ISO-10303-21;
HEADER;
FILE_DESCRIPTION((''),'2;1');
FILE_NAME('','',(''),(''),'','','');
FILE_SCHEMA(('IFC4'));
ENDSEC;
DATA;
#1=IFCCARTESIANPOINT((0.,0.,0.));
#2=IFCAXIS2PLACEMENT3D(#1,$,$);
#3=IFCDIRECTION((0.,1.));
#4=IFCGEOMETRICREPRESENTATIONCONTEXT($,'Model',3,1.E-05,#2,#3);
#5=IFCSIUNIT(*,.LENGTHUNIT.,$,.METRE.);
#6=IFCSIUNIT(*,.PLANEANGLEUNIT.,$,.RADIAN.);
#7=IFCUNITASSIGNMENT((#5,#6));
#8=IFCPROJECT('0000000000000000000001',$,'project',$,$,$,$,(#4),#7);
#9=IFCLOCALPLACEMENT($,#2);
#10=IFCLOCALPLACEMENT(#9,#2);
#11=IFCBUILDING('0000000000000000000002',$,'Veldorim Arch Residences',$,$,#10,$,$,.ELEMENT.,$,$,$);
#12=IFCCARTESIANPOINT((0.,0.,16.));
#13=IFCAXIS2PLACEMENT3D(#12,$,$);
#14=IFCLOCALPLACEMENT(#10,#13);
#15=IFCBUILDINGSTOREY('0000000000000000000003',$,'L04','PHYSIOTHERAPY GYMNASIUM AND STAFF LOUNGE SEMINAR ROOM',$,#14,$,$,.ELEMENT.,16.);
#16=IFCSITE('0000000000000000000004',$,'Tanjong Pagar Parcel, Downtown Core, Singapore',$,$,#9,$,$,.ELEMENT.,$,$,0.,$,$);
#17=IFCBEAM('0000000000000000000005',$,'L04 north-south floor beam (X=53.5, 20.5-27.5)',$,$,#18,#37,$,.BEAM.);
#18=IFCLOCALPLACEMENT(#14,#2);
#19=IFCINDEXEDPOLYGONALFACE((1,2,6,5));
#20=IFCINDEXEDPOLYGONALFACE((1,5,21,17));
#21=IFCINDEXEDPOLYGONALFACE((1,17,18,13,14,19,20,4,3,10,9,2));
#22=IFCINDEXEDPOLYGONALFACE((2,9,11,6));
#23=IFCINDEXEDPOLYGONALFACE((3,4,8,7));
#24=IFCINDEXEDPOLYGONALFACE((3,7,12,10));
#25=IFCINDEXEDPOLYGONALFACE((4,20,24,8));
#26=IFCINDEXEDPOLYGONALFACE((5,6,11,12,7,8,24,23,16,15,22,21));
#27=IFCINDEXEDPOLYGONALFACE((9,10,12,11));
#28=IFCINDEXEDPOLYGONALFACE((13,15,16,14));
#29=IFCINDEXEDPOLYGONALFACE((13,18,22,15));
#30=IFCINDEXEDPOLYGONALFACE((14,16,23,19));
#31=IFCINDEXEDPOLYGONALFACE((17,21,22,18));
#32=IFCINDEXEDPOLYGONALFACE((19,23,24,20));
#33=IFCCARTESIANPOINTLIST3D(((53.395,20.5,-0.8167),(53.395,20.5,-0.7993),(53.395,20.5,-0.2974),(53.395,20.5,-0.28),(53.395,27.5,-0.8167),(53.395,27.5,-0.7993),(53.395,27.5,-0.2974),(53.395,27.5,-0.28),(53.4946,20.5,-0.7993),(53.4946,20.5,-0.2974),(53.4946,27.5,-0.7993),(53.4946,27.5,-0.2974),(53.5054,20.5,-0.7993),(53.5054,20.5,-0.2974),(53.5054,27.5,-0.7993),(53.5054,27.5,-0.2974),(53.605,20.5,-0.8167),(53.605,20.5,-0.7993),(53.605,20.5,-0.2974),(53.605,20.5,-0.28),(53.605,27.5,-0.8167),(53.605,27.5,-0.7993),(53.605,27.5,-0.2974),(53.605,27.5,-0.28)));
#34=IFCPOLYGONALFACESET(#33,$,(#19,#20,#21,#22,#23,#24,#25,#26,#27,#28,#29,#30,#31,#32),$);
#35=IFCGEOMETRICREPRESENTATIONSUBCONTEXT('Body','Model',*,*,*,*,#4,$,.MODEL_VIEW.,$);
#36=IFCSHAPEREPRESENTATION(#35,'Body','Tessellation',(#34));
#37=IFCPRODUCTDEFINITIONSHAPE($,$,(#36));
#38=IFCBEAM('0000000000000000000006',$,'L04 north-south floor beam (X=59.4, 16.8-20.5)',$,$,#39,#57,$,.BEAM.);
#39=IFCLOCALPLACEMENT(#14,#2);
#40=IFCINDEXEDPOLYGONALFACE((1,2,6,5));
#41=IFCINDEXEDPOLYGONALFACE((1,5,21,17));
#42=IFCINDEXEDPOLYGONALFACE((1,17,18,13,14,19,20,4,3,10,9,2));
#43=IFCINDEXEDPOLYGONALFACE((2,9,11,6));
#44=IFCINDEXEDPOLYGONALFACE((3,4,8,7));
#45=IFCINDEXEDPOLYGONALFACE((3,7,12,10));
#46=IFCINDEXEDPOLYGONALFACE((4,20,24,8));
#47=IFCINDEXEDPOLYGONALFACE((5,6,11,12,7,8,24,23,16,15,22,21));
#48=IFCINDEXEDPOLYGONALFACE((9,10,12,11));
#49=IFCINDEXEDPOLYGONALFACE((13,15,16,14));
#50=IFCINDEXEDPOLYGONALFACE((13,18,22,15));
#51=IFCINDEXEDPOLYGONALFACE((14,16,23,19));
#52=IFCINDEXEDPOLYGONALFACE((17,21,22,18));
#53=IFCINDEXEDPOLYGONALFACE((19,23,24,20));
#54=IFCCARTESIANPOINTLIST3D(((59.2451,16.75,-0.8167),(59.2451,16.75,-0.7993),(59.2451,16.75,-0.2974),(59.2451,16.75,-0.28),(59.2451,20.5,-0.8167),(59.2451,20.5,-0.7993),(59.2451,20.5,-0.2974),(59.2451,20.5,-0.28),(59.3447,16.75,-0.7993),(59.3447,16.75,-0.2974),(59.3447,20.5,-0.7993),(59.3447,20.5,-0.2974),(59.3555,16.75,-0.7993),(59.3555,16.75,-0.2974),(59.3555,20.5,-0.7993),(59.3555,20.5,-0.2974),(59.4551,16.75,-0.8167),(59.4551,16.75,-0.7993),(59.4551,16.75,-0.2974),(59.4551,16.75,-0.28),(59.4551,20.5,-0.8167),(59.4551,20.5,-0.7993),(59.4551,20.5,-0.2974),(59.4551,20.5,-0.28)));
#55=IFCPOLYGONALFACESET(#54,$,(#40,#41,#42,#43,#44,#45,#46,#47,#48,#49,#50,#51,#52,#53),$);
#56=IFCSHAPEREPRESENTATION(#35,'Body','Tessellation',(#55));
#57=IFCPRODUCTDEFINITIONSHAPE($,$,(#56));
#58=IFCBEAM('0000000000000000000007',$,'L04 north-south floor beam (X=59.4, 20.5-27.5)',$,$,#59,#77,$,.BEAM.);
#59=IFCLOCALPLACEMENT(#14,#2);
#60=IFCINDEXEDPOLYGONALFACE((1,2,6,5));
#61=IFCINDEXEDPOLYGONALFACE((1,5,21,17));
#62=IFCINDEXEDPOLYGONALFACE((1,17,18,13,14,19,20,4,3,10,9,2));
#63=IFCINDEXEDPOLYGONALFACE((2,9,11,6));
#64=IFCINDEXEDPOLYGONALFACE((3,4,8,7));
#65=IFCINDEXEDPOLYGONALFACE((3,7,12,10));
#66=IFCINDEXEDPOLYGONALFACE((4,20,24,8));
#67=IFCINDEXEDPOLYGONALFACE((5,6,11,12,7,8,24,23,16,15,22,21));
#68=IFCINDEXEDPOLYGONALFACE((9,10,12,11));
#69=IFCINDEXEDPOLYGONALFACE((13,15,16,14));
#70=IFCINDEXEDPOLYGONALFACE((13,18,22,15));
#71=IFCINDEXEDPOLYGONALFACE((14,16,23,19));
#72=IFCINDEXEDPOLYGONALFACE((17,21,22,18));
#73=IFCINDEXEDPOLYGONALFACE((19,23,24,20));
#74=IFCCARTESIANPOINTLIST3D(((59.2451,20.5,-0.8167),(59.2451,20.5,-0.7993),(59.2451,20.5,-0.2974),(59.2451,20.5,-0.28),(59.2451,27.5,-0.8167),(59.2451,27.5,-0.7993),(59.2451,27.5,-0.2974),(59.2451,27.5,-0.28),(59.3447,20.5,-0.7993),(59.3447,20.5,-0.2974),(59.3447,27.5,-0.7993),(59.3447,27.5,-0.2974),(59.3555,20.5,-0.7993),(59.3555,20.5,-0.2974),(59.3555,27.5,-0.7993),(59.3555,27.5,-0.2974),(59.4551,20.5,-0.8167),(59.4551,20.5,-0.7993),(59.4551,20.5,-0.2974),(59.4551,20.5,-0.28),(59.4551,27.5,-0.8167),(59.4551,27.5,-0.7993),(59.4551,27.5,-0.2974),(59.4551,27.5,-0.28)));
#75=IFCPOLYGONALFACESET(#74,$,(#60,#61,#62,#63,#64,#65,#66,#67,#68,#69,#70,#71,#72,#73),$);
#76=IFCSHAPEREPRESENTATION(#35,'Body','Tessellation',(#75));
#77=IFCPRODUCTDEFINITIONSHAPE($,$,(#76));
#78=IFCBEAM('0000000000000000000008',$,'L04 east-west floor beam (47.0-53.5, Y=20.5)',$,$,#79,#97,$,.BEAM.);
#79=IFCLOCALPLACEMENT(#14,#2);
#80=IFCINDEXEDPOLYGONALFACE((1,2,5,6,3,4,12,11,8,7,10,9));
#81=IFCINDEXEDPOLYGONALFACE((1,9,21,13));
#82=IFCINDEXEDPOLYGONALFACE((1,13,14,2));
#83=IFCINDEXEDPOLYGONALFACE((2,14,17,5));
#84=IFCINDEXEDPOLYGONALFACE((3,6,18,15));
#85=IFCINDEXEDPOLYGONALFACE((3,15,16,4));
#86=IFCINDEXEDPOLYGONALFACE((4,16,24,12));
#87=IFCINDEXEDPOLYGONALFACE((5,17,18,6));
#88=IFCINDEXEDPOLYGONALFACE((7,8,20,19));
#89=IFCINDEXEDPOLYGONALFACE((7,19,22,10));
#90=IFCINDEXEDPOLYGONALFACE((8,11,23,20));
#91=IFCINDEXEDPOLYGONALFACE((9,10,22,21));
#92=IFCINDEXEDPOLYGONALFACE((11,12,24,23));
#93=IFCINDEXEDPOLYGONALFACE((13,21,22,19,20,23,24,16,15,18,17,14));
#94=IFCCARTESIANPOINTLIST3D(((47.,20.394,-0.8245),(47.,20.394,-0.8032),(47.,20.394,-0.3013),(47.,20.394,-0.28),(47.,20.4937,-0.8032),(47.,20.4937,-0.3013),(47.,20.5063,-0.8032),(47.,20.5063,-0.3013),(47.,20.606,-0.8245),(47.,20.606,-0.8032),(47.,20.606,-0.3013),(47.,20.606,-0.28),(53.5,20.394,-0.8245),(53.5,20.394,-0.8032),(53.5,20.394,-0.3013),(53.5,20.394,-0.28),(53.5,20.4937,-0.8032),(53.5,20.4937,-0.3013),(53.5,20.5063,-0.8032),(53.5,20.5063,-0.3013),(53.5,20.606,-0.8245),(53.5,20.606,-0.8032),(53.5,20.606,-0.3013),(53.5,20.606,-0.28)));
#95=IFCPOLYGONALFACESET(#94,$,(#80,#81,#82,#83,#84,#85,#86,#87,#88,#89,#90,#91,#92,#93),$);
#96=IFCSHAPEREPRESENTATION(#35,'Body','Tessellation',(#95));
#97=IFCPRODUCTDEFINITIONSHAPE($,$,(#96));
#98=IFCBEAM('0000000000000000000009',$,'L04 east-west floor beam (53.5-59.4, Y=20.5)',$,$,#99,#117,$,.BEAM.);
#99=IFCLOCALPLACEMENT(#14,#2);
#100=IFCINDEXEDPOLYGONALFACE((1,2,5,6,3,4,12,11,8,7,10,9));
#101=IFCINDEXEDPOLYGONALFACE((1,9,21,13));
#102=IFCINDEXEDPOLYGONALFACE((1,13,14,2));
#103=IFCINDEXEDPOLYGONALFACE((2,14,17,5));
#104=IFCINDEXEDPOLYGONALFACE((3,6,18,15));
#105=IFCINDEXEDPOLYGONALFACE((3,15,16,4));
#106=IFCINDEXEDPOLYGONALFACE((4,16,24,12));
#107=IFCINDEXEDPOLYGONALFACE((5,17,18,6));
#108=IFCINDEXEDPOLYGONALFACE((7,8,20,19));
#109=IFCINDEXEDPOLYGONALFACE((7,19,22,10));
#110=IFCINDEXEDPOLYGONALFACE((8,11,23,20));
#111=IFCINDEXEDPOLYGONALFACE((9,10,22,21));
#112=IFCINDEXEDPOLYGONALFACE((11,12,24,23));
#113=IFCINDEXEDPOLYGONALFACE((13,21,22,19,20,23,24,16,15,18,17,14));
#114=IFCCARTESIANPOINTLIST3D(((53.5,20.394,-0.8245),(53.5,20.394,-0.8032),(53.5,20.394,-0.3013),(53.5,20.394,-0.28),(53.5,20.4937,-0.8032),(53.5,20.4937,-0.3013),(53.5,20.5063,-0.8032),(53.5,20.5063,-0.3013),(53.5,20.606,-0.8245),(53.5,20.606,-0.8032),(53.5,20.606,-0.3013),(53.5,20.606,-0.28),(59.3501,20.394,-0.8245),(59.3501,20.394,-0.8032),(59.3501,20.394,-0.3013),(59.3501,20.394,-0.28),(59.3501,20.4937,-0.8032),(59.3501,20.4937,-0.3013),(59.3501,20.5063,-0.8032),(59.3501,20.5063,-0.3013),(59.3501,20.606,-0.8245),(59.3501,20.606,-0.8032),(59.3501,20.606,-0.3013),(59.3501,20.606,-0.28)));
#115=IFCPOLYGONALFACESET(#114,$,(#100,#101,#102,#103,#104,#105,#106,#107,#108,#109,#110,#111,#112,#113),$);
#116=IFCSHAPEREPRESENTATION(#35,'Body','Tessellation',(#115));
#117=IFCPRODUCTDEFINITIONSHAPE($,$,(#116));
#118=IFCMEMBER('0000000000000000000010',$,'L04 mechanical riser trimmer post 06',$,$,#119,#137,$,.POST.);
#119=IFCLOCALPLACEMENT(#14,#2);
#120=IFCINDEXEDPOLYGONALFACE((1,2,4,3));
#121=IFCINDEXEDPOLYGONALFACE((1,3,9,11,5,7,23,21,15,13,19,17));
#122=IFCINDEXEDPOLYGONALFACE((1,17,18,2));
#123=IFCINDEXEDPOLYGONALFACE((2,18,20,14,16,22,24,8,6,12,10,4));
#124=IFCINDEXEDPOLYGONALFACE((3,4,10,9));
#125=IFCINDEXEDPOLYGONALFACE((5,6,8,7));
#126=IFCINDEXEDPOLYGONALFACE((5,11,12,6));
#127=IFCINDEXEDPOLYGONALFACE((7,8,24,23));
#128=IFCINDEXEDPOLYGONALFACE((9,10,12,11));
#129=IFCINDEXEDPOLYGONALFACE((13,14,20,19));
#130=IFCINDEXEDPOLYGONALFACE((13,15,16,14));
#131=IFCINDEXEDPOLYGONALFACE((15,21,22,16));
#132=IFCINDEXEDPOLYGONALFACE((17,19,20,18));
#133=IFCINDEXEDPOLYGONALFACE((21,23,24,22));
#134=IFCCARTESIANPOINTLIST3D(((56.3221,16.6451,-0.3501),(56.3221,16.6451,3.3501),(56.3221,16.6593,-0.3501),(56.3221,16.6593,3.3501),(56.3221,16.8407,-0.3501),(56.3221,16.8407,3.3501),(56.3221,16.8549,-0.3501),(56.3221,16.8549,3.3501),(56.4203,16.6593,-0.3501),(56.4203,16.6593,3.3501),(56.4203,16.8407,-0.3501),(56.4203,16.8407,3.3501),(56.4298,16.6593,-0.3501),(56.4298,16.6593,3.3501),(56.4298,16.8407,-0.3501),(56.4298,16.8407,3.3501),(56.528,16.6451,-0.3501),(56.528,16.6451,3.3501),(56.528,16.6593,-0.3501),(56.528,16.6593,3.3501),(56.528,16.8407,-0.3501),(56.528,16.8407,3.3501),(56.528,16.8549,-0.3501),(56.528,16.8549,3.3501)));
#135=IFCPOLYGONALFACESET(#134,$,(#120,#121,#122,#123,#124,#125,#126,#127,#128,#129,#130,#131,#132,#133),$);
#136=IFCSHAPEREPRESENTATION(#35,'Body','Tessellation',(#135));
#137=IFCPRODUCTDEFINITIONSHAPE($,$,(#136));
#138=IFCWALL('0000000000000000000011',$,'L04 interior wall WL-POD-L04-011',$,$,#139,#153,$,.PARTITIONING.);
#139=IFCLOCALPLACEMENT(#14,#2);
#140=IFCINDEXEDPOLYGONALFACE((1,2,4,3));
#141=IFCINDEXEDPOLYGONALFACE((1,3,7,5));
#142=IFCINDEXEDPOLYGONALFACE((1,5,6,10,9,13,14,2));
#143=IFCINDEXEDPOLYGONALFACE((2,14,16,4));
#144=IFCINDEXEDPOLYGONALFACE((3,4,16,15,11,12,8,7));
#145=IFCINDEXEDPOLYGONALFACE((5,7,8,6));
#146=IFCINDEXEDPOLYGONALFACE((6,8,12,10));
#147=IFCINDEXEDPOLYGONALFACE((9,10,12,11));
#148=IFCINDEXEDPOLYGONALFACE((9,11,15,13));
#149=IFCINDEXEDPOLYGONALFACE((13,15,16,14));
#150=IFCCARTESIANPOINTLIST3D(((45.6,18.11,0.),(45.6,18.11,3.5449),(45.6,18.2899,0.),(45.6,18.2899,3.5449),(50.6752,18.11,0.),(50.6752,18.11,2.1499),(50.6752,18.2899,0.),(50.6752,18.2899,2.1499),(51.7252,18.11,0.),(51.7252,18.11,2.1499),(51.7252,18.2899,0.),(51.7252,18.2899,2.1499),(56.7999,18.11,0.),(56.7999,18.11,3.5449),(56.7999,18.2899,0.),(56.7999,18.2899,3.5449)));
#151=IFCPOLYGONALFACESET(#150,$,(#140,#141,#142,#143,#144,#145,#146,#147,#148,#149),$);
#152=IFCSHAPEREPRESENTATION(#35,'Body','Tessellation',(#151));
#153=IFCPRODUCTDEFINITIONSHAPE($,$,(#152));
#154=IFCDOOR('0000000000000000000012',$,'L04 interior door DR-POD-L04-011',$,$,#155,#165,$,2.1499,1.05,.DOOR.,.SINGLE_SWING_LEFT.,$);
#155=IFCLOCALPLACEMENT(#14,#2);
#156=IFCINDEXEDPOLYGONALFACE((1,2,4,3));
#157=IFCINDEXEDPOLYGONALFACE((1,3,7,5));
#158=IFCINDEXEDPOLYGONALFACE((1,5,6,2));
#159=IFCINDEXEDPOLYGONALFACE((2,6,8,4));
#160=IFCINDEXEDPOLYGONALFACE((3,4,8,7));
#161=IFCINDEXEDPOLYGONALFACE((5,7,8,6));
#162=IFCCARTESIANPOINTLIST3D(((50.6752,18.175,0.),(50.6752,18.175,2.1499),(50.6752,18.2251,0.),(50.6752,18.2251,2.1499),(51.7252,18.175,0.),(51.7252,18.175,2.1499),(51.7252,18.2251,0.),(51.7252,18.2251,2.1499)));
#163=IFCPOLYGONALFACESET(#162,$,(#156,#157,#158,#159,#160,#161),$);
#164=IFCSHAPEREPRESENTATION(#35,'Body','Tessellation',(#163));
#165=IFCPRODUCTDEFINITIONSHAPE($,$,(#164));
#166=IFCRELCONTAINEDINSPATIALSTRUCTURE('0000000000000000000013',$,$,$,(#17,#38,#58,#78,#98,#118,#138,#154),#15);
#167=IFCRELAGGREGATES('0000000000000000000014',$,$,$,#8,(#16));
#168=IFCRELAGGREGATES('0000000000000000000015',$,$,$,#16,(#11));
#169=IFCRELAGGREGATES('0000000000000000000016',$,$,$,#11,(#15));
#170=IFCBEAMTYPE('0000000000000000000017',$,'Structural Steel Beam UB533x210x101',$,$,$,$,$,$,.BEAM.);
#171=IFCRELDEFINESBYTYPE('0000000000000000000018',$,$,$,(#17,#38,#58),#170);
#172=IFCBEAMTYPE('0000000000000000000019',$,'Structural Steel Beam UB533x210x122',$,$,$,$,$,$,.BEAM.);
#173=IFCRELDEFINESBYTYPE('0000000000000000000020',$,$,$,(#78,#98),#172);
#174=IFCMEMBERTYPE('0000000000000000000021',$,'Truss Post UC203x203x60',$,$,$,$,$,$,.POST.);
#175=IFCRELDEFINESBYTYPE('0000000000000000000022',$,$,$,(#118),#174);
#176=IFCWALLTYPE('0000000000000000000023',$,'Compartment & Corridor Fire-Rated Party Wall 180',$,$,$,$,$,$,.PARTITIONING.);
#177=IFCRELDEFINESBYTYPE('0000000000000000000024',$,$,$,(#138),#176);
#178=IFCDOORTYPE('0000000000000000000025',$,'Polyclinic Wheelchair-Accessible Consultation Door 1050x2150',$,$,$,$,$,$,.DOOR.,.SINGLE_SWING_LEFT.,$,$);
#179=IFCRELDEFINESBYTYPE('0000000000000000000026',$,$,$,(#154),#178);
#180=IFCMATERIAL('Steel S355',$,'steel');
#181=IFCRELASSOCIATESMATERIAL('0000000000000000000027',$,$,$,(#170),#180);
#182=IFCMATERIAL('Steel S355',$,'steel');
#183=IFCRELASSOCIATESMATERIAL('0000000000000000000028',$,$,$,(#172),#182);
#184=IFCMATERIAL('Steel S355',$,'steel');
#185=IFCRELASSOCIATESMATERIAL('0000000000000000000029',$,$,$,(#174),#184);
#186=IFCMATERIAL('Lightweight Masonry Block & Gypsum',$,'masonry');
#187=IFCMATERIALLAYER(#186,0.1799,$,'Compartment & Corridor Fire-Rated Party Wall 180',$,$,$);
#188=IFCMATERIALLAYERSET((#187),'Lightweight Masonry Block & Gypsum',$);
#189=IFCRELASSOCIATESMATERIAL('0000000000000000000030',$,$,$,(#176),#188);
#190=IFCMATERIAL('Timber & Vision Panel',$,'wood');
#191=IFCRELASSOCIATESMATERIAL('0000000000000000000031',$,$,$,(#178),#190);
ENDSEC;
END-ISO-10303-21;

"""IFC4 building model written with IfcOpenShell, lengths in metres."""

from ifc_helpers import new_model, si_unit, direction, frame, frame_2d, origin, origin_2d, place, context, subcontext, project, spatial, rectangle, i_section, extrude, material, layer, layer_set, material_profile, profile_set, type_object, element, fill, save


model = new_model("IFC4")

# Units and contexts
model_context = context("Model", 3, precision=1e-05, world=origin(), true_north=direction((0.0, 1.0)))
body_context = subcontext(model_context, "Body", "Model", "MODEL_VIEW")
ifc_project = project(units=[si_unit("LENGTHUNIT", "METRE"), si_unit("PLANEANGLEUNIT", "RADIAN")], contexts=[model_context])

# Site, building, storey
site_placement = place(None, origin())
site = spatial("IfcSite", under=ifc_project, at=site_placement, Name="Tanjong Pagar Parcel, Downtown Core, Singapore", CompositionType="ELEMENT", RefElevation=0.0)
building_placement = place(site_placement, origin())
building = spatial("IfcBuilding", under=site, at=building_placement, Name="Veldorim Arch Residences", CompositionType="ELEMENT")
storey_placement = place(building_placement, frame((0.0, 0.0, 16.0)))
storey = spatial("IfcBuildingStorey", under=building, at=storey_placement, Name="L04", Description="PHYSIOTHERAPY GYMNASIUM AND STAFF LOUNGE SEMINAR ROOM", CompositionType="ELEMENT", Elevation=16.0)

# Beams
ifc_material_1 = material(Name="Steel S355", Category="steel")
ifc_material_profile_1 = material_profile(ifc_material_1, i_section(OverallWidth=0.21, OverallDepth=0.5366, WebThickness=0.0107, FlangeThickness=0.0173, at=origin_2d()), Name="UB533x210x101")
ifc_profile_set_1 = profile_set([ifc_material_profile_1], Name="Steel S355")
beam_type_1 = type_object("IfcBeamType", Name="Structural Steel Beam UB533x210x101", PredefinedType="BEAM", material=ifc_profile_set_1)
for number, where, z_axis, x_axis, name in (
    (1, (53.5, 20.5, -0.5483), (0.0, 1.0, 0.0), (-1.0, 0.0, 0.0), "L04 north-south floor beam (X=53.5, 20.5-27.5)"),
):
    element("IfcBeam", number, at=place(storey_placement, frame(where, z_axis=z_axis, x_axis=x_axis)), inside=storey, type_object=beam_type_1, Name=name, PredefinedType="BEAM", context=body_context, shape_type="SweptSolid", body=[
        extrude(i_section(OverallWidth=0.21, OverallDepth=0.5366, WebThickness=0.0107, FlangeThickness=0.0173, at=origin_2d()), origin(), (0.0, 0.0, 1.0), 7.0),
    ])
beam_1_placement = place(storey_placement, frame((59.3501, 16.75, -0.5483), z_axis=(0.0, 1.0, 0.0), x_axis=(-1.0, 0.0, 0.0)))
element("IfcBeam", 2, at=beam_1_placement, inside=storey, type_object=beam_type_1, Name="L04 north-south floor beam (X=59.4, 16.8-20.5)", PredefinedType="BEAM", context=body_context, shape_type="SweptSolid", body=[
    extrude(i_section(OverallWidth=0.21, OverallDepth=0.5366, WebThickness=0.0107, FlangeThickness=0.0173, at=origin_2d()), origin(), (0.0, 0.0, 1.0), 3.75),
])
beam_2_placement = place(storey_placement, frame((59.3501, 20.5, -0.5483), z_axis=(0.0, 1.0, 0.0), x_axis=(-1.0, 0.0, 0.0)))
element("IfcBeam", 3, at=beam_2_placement, inside=storey, type_object=beam_type_1, Name="L04 north-south floor beam (X=59.4, 20.5-27.5)", PredefinedType="BEAM", context=body_context, shape_type="SweptSolid", body=[
    extrude(i_section(OverallWidth=0.21, OverallDepth=0.5366, WebThickness=0.0107, FlangeThickness=0.0173, at=origin_2d()), origin(), (0.0, 0.0, 1.0), 7.0),
])
ifc_material_2 = material(Name="Steel S355", Category="steel")
ifc_material_profile_2 = material_profile(ifc_material_2, i_section(OverallWidth=0.2119, OverallDepth=0.5444, WebThickness=0.0127, FlangeThickness=0.0212, at=origin_2d()), Name="UB533x210x122")
ifc_profile_set_2 = profile_set([ifc_material_profile_2], Name="Steel S355")
beam_type_2 = type_object("IfcBeamType", Name="Structural Steel Beam UB533x210x122", PredefinedType="BEAM", material=ifc_profile_set_2)
beam_3_placement = place(storey_placement, frame((47.0, 20.5, -0.5522), z_axis=(1.0, 0.0, 0.0), x_axis=(0.0, 1.0, 0.0)))
element("IfcBeam", 4, at=beam_3_placement, inside=storey, type_object=beam_type_2, Name="L04 east-west floor beam (47.0-53.5, Y=20.5)", PredefinedType="BEAM", context=body_context, shape_type="SweptSolid", body=[
    extrude(i_section(OverallWidth=0.2119, OverallDepth=0.5444, WebThickness=0.0127, FlangeThickness=0.0212, at=origin_2d()), origin(), (0.0, 0.0, 1.0), 6.5),
])
beam_4_placement = place(storey_placement, frame((53.5, 20.5, -0.5522), z_axis=(1.0, 0.0, 0.0), x_axis=(0.0, 1.0, 0.0)))
element("IfcBeam", 5, at=beam_4_placement, inside=storey, type_object=beam_type_2, Name="L04 east-west floor beam (53.5-59.4, Y=20.5)", PredefinedType="BEAM", context=body_context, shape_type="SweptSolid", body=[
    extrude(i_section(OverallWidth=0.2119, OverallDepth=0.5444, WebThickness=0.0127, FlangeThickness=0.0212, at=origin_2d()), origin(), (0.0, 0.0, 1.0), 5.8501),
])

# Member
ifc_material_3 = material(Name="Steel S355", Category="steel")
ifc_material_profile_3 = material_profile(ifc_material_3, i_section(OverallWidth=0.2058, OverallDepth=0.2097, WebThickness=0.0095, FlangeThickness=0.0142, at=origin_2d()), Name="UC203x203x60")
ifc_profile_set_3 = profile_set([ifc_material_profile_3], Name="Steel S355")
member_type = type_object("IfcMemberType", Name="Truss Post UC203x203x60", PredefinedType="POST", material=ifc_profile_set_3)
member_placement = place(storey_placement, frame((56.425, 16.75, -0.3501), z_axis=(0.0, 0.0, 1.0), x_axis=(1.0, 0.0, 0.0)))
element("IfcMember", 6, at=member_placement, inside=storey, type_object=member_type, Name="L04 mechanical riser trimmer post 06", PredefinedType="POST", context=body_context, shape_type="SweptSolid", body=[
    extrude(i_section(OverallWidth=0.2058, OverallDepth=0.2097, WebThickness=0.0095, FlangeThickness=0.0142, at=origin_2d()), origin(), (0.0, 0.0, 1.0), 3.7002),
])

# Wall, opening, door
ifc_material_4 = material(Name="Lightweight Masonry Block & Gypsum", Category="masonry")
ifc_layer_1 = layer(ifc_material_4, 0.1799, Name="Compartment & Corridor Fire-Rated Party Wall 180")
ifc_layer_set_1 = layer_set([ifc_layer_1], Name="Lightweight Masonry Block & Gypsum")
wall_type_1 = type_object("IfcWallType", Name="Compartment & Corridor Fire-Rated Party Wall 180", PredefinedType="PARTITIONING", material=ifc_layer_set_1)
wall_1_placement = place(storey_placement, frame((56.8, 18.2, 0.0), z_axis=(0.0, 0.0, 1.0), x_axis=(-1.0, 0.0, 0.0)))
wall_1 = element("IfcWall", 7, at=wall_1_placement, inside=storey, type_object=wall_type_1, Name="L04 interior wall WL-POD-L04-011", PredefinedType="PARTITIONING", context=body_context, shape_type="SweptSolid", body=[
    extrude(rectangle(XDim=11.2, YDim=0.1799, at=frame_2d((5.6001, 0.0))), origin(), (0.0, 0.0, 1.0), 3.5449),
])
opening_1_placement = place(wall_1_placement, frame((5.075, 0.0, 0.0)))
opening_1 = element("IfcOpeningElement", 8, at=opening_1_placement, cuts=wall_1, PredefinedType="OPENING", context=body_context, shape_type="SweptSolid", body=[
    extrude(rectangle(XDim=1.05, YDim=2.1499, at=frame_2d((0.5249, 1.075))), frame((0.0, 0.0999, 0.0), z_axis=(0.0, -1.0, 0.0), x_axis=(1.0, 0.0, 0.0)), (0.0, 0.0, 1.0), 0.2),
])
ifc_material_5 = material(Name="Timber & Vision Panel", Category="wood")
door_type_1 = type_object("IfcDoorType", Name="Polyclinic Wheelchair-Accessible Consultation Door 1050x2150", OperationType="SINGLE_SWING_LEFT", PredefinedType="DOOR", material=ifc_material_5)
door_1_placement = place(opening_1_placement, origin())
door_1 = element("IfcDoor", 9, at=door_1_placement, inside=storey, type_object=door_type_1, Name="L04 interior door DR-POD-L04-011", OperationType="SINGLE_SWING_LEFT", OverallHeight=2.1499, OverallWidth=1.05, PredefinedType="DOOR", context=body_context, shape_type="SweptSolid", body=[
    extrude(rectangle(XDim=1.05, YDim=2.1499, at=frame_2d((0.5249, 1.075))), frame((0.0, 0.0249, 0.0), z_axis=(0.0, -1.0, 0.0), x_axis=(1.0, 0.0, 0.0)), (0.0, 0.0, 1.0), 0.05),
])
fill(opening_1, door_1)

save(model, "model.ifc")
